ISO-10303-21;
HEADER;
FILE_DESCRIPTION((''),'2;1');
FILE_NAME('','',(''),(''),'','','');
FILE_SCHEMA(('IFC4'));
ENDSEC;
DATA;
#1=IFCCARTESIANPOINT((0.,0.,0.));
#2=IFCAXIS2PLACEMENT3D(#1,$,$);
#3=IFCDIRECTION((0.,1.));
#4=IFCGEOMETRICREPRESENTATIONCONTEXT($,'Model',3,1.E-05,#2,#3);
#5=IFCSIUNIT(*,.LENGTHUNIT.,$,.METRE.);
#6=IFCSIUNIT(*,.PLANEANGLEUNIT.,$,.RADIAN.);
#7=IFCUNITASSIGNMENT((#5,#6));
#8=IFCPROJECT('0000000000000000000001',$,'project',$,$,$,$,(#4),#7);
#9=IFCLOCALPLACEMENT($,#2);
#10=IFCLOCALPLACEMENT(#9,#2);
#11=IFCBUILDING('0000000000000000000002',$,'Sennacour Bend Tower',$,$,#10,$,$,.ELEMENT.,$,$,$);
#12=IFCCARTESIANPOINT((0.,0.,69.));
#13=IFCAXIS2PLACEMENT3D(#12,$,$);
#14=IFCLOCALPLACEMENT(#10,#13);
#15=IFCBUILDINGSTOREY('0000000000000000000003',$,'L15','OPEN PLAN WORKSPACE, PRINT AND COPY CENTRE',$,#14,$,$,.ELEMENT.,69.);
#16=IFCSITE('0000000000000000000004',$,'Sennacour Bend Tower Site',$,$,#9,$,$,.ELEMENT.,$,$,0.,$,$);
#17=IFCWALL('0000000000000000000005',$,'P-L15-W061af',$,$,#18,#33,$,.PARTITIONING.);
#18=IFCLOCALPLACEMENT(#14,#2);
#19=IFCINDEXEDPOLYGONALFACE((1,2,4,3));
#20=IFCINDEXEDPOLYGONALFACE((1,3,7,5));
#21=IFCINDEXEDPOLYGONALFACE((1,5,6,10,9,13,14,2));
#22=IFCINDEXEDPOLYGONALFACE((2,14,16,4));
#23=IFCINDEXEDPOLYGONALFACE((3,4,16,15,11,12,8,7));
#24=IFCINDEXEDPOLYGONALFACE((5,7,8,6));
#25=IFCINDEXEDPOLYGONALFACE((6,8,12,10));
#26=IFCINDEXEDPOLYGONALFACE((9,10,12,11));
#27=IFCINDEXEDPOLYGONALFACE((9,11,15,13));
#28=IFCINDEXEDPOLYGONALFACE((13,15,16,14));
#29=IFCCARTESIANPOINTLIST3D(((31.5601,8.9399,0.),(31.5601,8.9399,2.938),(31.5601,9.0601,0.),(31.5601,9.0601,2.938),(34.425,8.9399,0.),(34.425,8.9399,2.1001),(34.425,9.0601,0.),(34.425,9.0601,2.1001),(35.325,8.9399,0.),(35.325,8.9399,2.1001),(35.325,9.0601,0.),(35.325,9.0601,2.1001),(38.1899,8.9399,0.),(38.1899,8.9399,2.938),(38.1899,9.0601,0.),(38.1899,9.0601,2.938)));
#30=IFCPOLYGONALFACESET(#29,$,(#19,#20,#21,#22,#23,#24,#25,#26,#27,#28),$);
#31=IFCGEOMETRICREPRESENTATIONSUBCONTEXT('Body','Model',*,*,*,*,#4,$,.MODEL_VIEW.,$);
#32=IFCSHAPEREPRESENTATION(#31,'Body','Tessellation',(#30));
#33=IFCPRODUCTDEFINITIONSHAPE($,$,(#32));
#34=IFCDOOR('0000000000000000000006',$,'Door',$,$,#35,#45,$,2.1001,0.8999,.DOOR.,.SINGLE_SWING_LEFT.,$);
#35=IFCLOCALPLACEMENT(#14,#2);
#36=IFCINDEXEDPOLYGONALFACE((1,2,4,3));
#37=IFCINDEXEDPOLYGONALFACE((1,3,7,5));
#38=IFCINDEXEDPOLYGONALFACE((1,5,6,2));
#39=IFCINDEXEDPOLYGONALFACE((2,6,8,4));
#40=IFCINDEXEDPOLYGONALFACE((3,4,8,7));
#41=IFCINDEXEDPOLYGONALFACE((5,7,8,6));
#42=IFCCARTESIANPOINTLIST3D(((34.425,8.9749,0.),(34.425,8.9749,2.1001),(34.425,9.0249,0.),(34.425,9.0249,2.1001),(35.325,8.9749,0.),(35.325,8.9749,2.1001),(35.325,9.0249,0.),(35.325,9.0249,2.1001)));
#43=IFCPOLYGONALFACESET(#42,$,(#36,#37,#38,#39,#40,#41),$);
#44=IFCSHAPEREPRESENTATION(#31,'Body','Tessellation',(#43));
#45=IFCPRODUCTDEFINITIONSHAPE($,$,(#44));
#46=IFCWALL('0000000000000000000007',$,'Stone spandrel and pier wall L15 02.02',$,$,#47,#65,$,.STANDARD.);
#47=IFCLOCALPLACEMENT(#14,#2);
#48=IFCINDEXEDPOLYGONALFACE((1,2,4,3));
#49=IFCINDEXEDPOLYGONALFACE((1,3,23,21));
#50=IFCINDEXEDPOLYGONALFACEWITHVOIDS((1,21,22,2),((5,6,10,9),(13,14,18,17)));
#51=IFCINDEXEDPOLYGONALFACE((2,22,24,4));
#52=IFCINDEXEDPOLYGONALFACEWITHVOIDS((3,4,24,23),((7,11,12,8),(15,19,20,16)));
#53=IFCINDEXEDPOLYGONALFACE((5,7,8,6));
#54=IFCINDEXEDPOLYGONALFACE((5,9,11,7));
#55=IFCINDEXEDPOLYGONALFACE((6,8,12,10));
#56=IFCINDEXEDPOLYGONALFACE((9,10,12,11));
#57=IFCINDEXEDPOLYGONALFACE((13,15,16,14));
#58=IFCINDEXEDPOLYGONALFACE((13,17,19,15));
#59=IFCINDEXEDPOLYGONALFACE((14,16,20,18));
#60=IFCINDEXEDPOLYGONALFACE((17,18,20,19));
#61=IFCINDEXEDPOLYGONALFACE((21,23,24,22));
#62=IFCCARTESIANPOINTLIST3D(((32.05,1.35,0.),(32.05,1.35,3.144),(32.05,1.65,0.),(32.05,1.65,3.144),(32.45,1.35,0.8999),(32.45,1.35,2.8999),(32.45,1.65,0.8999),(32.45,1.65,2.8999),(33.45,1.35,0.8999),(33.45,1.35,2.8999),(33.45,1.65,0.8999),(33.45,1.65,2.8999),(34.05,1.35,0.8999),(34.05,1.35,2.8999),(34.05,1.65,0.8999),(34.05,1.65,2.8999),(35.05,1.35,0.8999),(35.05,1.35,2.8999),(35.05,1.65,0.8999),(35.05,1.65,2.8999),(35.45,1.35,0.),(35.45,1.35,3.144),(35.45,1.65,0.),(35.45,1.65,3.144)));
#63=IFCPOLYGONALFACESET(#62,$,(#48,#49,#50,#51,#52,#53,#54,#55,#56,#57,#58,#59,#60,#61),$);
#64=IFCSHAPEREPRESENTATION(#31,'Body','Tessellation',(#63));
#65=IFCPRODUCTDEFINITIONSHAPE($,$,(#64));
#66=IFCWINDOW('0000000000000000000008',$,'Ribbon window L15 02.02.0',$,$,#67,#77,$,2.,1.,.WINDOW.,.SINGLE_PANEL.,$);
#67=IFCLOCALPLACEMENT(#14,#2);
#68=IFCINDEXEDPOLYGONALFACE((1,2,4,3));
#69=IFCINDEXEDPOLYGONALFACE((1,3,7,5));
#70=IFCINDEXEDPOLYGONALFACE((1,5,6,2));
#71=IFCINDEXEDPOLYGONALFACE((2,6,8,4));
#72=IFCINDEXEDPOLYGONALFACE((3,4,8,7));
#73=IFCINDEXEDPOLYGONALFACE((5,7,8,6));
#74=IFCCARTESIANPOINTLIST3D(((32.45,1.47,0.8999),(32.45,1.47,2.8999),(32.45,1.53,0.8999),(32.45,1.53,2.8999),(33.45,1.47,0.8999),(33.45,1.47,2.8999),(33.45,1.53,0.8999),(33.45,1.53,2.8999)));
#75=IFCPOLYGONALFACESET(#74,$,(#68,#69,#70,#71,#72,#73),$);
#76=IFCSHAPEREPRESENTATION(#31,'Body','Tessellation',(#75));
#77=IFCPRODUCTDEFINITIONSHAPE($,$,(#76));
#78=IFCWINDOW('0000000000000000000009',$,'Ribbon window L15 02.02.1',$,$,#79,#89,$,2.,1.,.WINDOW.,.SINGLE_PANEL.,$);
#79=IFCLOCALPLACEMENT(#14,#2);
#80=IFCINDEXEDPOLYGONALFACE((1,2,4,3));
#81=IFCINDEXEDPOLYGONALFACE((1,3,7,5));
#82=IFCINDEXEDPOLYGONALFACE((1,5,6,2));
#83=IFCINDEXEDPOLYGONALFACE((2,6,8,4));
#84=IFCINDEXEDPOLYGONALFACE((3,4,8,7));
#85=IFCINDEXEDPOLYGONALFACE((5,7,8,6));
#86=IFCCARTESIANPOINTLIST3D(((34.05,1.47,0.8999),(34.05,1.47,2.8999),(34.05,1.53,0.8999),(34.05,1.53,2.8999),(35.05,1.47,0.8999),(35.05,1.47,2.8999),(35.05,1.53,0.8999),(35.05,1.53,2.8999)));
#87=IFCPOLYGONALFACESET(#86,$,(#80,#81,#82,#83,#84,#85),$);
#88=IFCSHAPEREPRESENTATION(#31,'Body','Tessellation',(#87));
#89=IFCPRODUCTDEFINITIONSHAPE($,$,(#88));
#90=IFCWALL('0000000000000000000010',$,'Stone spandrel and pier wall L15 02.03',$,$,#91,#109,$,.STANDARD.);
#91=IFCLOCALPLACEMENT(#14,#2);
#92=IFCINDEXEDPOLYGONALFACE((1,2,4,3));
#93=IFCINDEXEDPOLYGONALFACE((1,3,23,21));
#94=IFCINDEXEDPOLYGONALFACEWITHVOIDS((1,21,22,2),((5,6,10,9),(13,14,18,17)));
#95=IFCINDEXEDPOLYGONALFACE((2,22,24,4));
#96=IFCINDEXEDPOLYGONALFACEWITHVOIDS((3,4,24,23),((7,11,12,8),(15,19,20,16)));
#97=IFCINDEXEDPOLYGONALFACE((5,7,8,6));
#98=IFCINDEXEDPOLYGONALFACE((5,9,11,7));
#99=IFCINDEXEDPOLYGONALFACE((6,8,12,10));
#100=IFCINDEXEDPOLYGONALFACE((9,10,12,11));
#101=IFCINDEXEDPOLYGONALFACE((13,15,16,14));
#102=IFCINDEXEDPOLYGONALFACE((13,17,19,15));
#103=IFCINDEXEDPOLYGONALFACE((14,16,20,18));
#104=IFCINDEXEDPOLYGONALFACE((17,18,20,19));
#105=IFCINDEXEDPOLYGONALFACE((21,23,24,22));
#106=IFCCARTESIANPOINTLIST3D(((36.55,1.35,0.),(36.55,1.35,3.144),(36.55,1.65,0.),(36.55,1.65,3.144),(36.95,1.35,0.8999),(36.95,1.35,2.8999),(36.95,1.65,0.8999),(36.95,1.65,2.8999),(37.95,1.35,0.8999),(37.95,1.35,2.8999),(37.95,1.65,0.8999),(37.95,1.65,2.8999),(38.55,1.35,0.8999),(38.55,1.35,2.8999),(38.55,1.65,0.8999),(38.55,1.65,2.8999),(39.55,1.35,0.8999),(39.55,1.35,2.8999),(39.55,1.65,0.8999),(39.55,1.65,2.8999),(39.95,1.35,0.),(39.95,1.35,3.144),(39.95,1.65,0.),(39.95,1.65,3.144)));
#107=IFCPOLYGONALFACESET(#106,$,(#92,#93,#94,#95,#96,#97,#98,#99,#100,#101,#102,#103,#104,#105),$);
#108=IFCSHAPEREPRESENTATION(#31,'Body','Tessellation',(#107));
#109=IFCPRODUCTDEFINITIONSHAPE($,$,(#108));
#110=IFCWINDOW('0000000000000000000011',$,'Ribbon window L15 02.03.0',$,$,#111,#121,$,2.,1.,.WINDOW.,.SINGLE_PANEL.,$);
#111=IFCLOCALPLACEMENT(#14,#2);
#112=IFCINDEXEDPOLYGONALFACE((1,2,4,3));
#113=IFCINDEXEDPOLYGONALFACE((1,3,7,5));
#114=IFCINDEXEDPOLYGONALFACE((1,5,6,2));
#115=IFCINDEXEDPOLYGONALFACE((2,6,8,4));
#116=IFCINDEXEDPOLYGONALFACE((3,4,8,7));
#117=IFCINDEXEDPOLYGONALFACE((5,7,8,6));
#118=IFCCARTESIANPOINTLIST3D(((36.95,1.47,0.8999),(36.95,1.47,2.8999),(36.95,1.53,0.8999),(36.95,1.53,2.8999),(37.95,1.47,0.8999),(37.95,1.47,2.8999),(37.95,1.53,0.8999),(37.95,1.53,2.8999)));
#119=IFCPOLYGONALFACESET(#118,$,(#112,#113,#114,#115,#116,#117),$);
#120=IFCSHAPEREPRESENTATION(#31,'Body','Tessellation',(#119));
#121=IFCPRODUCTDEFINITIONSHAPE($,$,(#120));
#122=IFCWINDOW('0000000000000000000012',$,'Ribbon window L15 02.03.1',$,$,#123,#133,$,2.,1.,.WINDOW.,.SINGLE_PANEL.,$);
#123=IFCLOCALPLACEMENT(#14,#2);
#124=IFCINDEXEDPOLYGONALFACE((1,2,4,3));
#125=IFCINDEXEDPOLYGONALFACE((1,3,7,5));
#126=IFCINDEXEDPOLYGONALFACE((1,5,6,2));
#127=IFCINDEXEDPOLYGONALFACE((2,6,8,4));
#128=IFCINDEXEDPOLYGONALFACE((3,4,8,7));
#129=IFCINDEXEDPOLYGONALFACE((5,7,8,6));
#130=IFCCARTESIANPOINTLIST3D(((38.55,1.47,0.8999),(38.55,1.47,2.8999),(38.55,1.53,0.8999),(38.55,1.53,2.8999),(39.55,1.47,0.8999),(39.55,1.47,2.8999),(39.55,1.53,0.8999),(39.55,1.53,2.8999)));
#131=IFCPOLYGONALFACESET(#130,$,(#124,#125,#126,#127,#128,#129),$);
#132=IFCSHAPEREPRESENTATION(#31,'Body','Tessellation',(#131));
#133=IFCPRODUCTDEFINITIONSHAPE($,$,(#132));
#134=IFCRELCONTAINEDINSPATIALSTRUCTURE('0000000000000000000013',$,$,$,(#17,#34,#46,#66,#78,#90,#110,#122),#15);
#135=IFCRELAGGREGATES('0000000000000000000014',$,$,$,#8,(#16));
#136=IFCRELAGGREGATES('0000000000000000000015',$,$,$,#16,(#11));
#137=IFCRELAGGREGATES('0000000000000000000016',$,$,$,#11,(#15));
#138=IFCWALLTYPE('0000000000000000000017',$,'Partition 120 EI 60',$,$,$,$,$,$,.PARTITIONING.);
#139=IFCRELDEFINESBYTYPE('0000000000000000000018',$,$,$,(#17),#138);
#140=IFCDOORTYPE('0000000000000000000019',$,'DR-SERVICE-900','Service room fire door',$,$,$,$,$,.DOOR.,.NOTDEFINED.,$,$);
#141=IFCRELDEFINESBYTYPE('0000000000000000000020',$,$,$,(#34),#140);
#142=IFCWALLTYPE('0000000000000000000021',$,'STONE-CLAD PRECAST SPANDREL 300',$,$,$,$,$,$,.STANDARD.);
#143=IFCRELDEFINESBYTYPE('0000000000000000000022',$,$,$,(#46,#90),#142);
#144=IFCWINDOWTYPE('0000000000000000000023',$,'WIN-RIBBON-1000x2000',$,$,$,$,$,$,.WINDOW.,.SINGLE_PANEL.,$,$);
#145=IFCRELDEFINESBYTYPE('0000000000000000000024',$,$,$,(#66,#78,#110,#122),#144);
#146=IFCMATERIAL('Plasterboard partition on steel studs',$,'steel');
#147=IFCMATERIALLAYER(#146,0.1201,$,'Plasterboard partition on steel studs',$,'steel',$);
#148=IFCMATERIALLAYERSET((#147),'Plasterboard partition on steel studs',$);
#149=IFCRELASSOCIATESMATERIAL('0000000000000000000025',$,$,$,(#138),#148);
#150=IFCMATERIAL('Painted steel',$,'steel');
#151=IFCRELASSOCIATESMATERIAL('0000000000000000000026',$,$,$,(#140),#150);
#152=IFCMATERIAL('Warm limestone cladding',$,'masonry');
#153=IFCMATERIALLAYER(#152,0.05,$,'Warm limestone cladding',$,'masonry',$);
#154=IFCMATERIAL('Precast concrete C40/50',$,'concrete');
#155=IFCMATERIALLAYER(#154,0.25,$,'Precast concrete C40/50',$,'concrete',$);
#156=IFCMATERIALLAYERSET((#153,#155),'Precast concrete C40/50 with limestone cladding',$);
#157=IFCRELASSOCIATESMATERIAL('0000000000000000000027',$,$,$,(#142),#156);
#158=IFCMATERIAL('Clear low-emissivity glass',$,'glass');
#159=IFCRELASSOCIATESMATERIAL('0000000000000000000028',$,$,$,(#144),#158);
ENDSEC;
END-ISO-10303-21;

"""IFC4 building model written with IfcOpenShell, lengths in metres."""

from ifc_helpers import new_model, si_unit, direction, frame, frame_2d, origin, place, context, subcontext, project, spatial, rectangle, extrude, material, layer, layer_set, type_object, element, fill, save


model = new_model("IFC4")

# Units and contexts
model_context = context("Model", 3, precision=1e-05, world=origin(), true_north=direction((0.0, 1.0)))
body_context = subcontext(model_context, "Body", "Model", "MODEL_VIEW")
ifc_project = project(units=[si_unit("LENGTHUNIT", "METRE"), si_unit("PLANEANGLEUNIT", "RADIAN")], contexts=[model_context])

# Site, building, storey
site_placement = place(None, origin())
site = spatial("IfcSite", under=ifc_project, at=site_placement, Name="Sennacour Bend Tower Site", CompositionType="ELEMENT", RefElevation=0.0)
building_placement = place(site_placement, origin())
building = spatial("IfcBuilding", under=site, at=building_placement, Name="Sennacour Bend Tower", CompositionType="ELEMENT")
storey_placement = place(building_placement, frame((0.0, 0.0, 69.0)))
storey = spatial("IfcBuildingStorey", under=building, at=storey_placement, Name="L15", Description="OPEN PLAN WORKSPACE, PRINT AND COPY CENTRE", CompositionType="ELEMENT", Elevation=69.0)

# Shared definitions
ifc_material_1 = material(Name="Plasterboard partition on steel studs", Category="steel")

# Wall, opening, door
ifc_layer_1 = layer(ifc_material_1, 0.1201, Name="Plasterboard partition on steel studs", Category="steel")
ifc_layer_set_1 = layer_set([ifc_layer_1], Name="Plasterboard partition on steel studs")
wall_type_1 = type_object("IfcWallType", Name="Partition 120 EI 60", PredefinedType="PARTITIONING", material=ifc_layer_set_1)
wall_1_placement = place(storey_placement, frame((31.5601, 9.0, 0.0), z_axis=(0.0, 0.0, 1.0), x_axis=(1.0, 0.0, 0.0)))
wall_1 = element("IfcWall", 1, at=wall_1_placement, inside=storey, type_object=wall_type_1, Name="P-L15-W061af", PredefinedType="PARTITIONING", context=body_context, shape_type="SweptSolid", body=[
    extrude(rectangle(XDim=6.6299, YDim=0.1201, at=frame_2d((3.3149, 0.0))), origin(), (0.0, 0.0, 1.0), 2.938),
])
opening_1_placement = place(wall_1_placement, frame((2.865, 0.0, 0.0)))
opening_1 = element("IfcOpeningElement", 2, at=opening_1_placement, cuts=wall_1, PredefinedType="OPENING", context=body_context, shape_type="SweptSolid", body=[
    extrude(rectangle(XDim=0.8999, YDim=2.1001, at=frame_2d((0.45, 1.05))), frame((0.0, 0.0701, 0.0), z_axis=(0.0, -1.0, 0.0), x_axis=(1.0, 0.0, 0.0)), (0.0, 0.0, 1.0), 0.1401),
])
ifc_material_2 = material(Name="Painted steel", Category="steel")
door_type_1 = type_object("IfcDoorType", Name="DR-SERVICE-900", Description="Service room fire door", OperationType="NOTDEFINED", PredefinedType="DOOR", material=ifc_material_2)
door_1_placement = place(opening_1_placement, origin())
door_1 = element("IfcDoor", 3, at=door_1_placement, inside=storey, type_object=door_type_1, Name="Door", OperationType="SINGLE_SWING_LEFT", OverallHeight=2.1001, OverallWidth=0.8999, PredefinedType="DOOR", context=body_context, shape_type="SweptSolid", body=[
    extrude(rectangle(XDim=0.8999, YDim=2.1001, at=frame_2d((0.45, 1.05))), frame((0.0, 0.0249, 0.0), z_axis=(0.0, -1.0, 0.0), x_axis=(1.0, 0.0, 0.0)), (0.0, 0.0, 1.0), 0.05),
])
fill(opening_1, door_1)

# Walls, openings, windows
ifc_material_3 = material(Name="Warm limestone cladding", Category="masonry")
ifc_layer_2 = layer(ifc_material_3, 0.05, Name="Warm limestone cladding", Category="masonry")
ifc_material_4 = material(Name="Precast concrete C40/50", Category="concrete")
ifc_layer_3 = layer(ifc_material_4, 0.25, Name="Precast concrete C40/50", Category="concrete")
ifc_layer_set_2 = layer_set([ifc_layer_2, ifc_layer_3], Name="Precast concrete C40/50 with limestone cladding")
wall_type_2 = type_object("IfcWallType", Name="STONE-CLAD PRECAST SPANDREL 300", PredefinedType="STANDARD", material=ifc_layer_set_2)
wall_2_placement = place(storey_placement, frame((32.05, 1.5, 0.0), z_axis=(0.0, 0.0, 1.0), x_axis=(1.0, 0.0, 0.0)))
wall_2 = element("IfcWall", 4, at=wall_2_placement, inside=storey, type_object=wall_type_2, Name="Stone spandrel and pier wall L15 02.02", PredefinedType="STANDARD", context=body_context, shape_type="SweptSolid", body=[
    extrude(rectangle(XDim=3.3999, YDim=0.3, at=frame_2d((1.7, 0.0))), origin(), (0.0, 0.0, 1.0), 3.144),
])
opening_2_placement = place(wall_2_placement, frame((0.3999, 0.0, 0.8999)))
opening_2 = element("IfcOpeningElement", 5, at=opening_2_placement, cuts=wall_2, PredefinedType="OPENING", context=body_context, shape_type="SweptSolid", body=[
    extrude(rectangle(XDim=1.0, YDim=2.0, at=frame_2d((0.5, 1.0))), frame((0.0, 0.1602, 0.0), z_axis=(0.0, -1.0, 0.0), x_axis=(1.0, 0.0, 0.0)), (0.0, 0.0, 1.0), 0.3201),
])
opening_3_placement = place(wall_2_placement, frame((2.0, 0.0, 0.8999)))
opening_3 = element("IfcOpeningElement", 6, at=opening_3_placement, cuts=wall_2, PredefinedType="OPENING", context=body_context, shape_type="SweptSolid", body=[
    extrude(rectangle(XDim=1.0, YDim=2.0, at=frame_2d((0.5, 1.0))), frame((0.0, 0.1602, 0.0), z_axis=(0.0, -1.0, 0.0), x_axis=(1.0, 0.0, 0.0)), (0.0, 0.0, 1.0), 0.3201),
])
ifc_material_5 = material(Name="Clear low-emissivity glass", Category="glass")
window_type = type_object("IfcWindowType", Name="WIN-RIBBON-1000x2000", PartitioningType="SINGLE_PANEL", PredefinedType="WINDOW", material=ifc_material_5)
window_1_placement = place(opening_2_placement, origin())
window_1 = element("IfcWindow", 7, at=window_1_placement, inside=storey, type_object=window_type, Name="Ribbon window L15 02.02.0", OverallHeight=2.0, OverallWidth=1.0, PartitioningType="SINGLE_PANEL", PredefinedType="WINDOW", context=body_context, shape_type="SweptSolid", body=[
    extrude(rectangle(XDim=1.0, YDim=2.0, at=frame_2d((0.5, 1.0))), frame((0.0, 0.03, 0.0), z_axis=(0.0, -1.0, 0.0), x_axis=(1.0, 0.0, 0.0)), (0.0, 0.0, 1.0), 0.0601),
])
fill(opening_2, window_1)
window_2_placement = place(opening_3_placement, origin())
window_2 = element("IfcWindow", 8, at=window_2_placement, inside=storey, type_object=window_type, Name="Ribbon window L15 02.02.1", OverallHeight=2.0, OverallWidth=1.0, PartitioningType="SINGLE_PANEL", PredefinedType="WINDOW", context=body_context, shape_type="SweptSolid", body=[
    extrude(rectangle(XDim=1.0, YDim=2.0, at=frame_2d((0.5, 1.0))), frame((0.0, 0.03, 0.0), z_axis=(0.0, -1.0, 0.0), x_axis=(1.0, 0.0, 0.0)), (0.0, 0.0, 1.0), 0.0601),
])
fill(opening_3, window_2)
wall_3_placement = place(storey_placement, frame((36.55, 1.5, 0.0), z_axis=(0.0, 0.0, 1.0), x_axis=(1.0, 0.0, 0.0)))
wall_3 = element("IfcWall", 9, at=wall_3_placement, inside=storey, type_object=wall_type_2, Name="Stone spandrel and pier wall L15 02.03", PredefinedType="STANDARD", context=body_context, shape_type="SweptSolid", body=[
    extrude(rectangle(XDim=3.3999, YDim=0.3, at=frame_2d((1.7, 0.0))), origin(), (0.0, 0.0, 1.0), 3.144),
])
opening_4_placement = place(wall_3_placement, frame((0.3999, 0.0, 0.8999)))
opening_4 = element("IfcOpeningElement", 10, at=opening_4_placement, cuts=wall_3, PredefinedType="OPENING", context=body_context, shape_type="SweptSolid", body=[
    extrude(rectangle(XDim=1.0, YDim=2.0, at=frame_2d((0.5, 1.0))), frame((0.0, 0.1602, 0.0), z_axis=(0.0, -1.0, 0.0), x_axis=(1.0, 0.0, 0.0)), (0.0, 0.0, 1.0), 0.3201),
])
opening_5_placement = place(wall_3_placement, frame((2.0, 0.0, 0.8999)))
opening_5 = element("IfcOpeningElement", 11, at=opening_5_placement, cuts=wall_3, PredefinedType="OPENING", context=body_context, shape_type="SweptSolid", body=[
    extrude(rectangle(XDim=1.0, YDim=2.0, at=frame_2d((0.5, 1.0))), frame((0.0, 0.1602, 0.0), z_axis=(0.0, -1.0, 0.0), x_axis=(1.0, 0.0, 0.0)), (0.0, 0.0, 1.0), 0.3201),
])
window_3_placement = place(opening_4_placement, origin())
window_3 = element("IfcWindow", 12, at=window_3_placement, inside=storey, type_object=window_type, Name="Ribbon window L15 02.03.0", OverallHeight=2.0, OverallWidth=1.0, PartitioningType="SINGLE_PANEL", PredefinedType="WINDOW", context=body_context, shape_type="SweptSolid", body=[
    extrude(rectangle(XDim=1.0, YDim=2.0, at=frame_2d((0.5, 1.0))), frame((0.0, 0.03, 0.0), z_axis=(0.0, -1.0, 0.0), x_axis=(1.0, 0.0, 0.0)), (0.0, 0.0, 1.0), 0.0601),
])
fill(opening_4, window_3)
window_4_placement = place(opening_5_placement, origin())
window_4 = element("IfcWindow", 13, at=window_4_placement, inside=storey, type_object=window_type, Name="Ribbon window L15 02.03.1", OverallHeight=2.0, OverallWidth=1.0, PartitioningType="SINGLE_PANEL", PredefinedType="WINDOW", context=body_context, shape_type="SweptSolid", body=[
    extrude(rectangle(XDim=1.0, YDim=2.0, at=frame_2d((0.5, 1.0))), frame((0.0, 0.03, 0.0), z_axis=(0.0, -1.0, 0.0), x_axis=(1.0, 0.0, 0.0)), (0.0, 0.0, 1.0), 0.0601),
])
fill(opening_5, window_4)

save(model, "model.ifc")
